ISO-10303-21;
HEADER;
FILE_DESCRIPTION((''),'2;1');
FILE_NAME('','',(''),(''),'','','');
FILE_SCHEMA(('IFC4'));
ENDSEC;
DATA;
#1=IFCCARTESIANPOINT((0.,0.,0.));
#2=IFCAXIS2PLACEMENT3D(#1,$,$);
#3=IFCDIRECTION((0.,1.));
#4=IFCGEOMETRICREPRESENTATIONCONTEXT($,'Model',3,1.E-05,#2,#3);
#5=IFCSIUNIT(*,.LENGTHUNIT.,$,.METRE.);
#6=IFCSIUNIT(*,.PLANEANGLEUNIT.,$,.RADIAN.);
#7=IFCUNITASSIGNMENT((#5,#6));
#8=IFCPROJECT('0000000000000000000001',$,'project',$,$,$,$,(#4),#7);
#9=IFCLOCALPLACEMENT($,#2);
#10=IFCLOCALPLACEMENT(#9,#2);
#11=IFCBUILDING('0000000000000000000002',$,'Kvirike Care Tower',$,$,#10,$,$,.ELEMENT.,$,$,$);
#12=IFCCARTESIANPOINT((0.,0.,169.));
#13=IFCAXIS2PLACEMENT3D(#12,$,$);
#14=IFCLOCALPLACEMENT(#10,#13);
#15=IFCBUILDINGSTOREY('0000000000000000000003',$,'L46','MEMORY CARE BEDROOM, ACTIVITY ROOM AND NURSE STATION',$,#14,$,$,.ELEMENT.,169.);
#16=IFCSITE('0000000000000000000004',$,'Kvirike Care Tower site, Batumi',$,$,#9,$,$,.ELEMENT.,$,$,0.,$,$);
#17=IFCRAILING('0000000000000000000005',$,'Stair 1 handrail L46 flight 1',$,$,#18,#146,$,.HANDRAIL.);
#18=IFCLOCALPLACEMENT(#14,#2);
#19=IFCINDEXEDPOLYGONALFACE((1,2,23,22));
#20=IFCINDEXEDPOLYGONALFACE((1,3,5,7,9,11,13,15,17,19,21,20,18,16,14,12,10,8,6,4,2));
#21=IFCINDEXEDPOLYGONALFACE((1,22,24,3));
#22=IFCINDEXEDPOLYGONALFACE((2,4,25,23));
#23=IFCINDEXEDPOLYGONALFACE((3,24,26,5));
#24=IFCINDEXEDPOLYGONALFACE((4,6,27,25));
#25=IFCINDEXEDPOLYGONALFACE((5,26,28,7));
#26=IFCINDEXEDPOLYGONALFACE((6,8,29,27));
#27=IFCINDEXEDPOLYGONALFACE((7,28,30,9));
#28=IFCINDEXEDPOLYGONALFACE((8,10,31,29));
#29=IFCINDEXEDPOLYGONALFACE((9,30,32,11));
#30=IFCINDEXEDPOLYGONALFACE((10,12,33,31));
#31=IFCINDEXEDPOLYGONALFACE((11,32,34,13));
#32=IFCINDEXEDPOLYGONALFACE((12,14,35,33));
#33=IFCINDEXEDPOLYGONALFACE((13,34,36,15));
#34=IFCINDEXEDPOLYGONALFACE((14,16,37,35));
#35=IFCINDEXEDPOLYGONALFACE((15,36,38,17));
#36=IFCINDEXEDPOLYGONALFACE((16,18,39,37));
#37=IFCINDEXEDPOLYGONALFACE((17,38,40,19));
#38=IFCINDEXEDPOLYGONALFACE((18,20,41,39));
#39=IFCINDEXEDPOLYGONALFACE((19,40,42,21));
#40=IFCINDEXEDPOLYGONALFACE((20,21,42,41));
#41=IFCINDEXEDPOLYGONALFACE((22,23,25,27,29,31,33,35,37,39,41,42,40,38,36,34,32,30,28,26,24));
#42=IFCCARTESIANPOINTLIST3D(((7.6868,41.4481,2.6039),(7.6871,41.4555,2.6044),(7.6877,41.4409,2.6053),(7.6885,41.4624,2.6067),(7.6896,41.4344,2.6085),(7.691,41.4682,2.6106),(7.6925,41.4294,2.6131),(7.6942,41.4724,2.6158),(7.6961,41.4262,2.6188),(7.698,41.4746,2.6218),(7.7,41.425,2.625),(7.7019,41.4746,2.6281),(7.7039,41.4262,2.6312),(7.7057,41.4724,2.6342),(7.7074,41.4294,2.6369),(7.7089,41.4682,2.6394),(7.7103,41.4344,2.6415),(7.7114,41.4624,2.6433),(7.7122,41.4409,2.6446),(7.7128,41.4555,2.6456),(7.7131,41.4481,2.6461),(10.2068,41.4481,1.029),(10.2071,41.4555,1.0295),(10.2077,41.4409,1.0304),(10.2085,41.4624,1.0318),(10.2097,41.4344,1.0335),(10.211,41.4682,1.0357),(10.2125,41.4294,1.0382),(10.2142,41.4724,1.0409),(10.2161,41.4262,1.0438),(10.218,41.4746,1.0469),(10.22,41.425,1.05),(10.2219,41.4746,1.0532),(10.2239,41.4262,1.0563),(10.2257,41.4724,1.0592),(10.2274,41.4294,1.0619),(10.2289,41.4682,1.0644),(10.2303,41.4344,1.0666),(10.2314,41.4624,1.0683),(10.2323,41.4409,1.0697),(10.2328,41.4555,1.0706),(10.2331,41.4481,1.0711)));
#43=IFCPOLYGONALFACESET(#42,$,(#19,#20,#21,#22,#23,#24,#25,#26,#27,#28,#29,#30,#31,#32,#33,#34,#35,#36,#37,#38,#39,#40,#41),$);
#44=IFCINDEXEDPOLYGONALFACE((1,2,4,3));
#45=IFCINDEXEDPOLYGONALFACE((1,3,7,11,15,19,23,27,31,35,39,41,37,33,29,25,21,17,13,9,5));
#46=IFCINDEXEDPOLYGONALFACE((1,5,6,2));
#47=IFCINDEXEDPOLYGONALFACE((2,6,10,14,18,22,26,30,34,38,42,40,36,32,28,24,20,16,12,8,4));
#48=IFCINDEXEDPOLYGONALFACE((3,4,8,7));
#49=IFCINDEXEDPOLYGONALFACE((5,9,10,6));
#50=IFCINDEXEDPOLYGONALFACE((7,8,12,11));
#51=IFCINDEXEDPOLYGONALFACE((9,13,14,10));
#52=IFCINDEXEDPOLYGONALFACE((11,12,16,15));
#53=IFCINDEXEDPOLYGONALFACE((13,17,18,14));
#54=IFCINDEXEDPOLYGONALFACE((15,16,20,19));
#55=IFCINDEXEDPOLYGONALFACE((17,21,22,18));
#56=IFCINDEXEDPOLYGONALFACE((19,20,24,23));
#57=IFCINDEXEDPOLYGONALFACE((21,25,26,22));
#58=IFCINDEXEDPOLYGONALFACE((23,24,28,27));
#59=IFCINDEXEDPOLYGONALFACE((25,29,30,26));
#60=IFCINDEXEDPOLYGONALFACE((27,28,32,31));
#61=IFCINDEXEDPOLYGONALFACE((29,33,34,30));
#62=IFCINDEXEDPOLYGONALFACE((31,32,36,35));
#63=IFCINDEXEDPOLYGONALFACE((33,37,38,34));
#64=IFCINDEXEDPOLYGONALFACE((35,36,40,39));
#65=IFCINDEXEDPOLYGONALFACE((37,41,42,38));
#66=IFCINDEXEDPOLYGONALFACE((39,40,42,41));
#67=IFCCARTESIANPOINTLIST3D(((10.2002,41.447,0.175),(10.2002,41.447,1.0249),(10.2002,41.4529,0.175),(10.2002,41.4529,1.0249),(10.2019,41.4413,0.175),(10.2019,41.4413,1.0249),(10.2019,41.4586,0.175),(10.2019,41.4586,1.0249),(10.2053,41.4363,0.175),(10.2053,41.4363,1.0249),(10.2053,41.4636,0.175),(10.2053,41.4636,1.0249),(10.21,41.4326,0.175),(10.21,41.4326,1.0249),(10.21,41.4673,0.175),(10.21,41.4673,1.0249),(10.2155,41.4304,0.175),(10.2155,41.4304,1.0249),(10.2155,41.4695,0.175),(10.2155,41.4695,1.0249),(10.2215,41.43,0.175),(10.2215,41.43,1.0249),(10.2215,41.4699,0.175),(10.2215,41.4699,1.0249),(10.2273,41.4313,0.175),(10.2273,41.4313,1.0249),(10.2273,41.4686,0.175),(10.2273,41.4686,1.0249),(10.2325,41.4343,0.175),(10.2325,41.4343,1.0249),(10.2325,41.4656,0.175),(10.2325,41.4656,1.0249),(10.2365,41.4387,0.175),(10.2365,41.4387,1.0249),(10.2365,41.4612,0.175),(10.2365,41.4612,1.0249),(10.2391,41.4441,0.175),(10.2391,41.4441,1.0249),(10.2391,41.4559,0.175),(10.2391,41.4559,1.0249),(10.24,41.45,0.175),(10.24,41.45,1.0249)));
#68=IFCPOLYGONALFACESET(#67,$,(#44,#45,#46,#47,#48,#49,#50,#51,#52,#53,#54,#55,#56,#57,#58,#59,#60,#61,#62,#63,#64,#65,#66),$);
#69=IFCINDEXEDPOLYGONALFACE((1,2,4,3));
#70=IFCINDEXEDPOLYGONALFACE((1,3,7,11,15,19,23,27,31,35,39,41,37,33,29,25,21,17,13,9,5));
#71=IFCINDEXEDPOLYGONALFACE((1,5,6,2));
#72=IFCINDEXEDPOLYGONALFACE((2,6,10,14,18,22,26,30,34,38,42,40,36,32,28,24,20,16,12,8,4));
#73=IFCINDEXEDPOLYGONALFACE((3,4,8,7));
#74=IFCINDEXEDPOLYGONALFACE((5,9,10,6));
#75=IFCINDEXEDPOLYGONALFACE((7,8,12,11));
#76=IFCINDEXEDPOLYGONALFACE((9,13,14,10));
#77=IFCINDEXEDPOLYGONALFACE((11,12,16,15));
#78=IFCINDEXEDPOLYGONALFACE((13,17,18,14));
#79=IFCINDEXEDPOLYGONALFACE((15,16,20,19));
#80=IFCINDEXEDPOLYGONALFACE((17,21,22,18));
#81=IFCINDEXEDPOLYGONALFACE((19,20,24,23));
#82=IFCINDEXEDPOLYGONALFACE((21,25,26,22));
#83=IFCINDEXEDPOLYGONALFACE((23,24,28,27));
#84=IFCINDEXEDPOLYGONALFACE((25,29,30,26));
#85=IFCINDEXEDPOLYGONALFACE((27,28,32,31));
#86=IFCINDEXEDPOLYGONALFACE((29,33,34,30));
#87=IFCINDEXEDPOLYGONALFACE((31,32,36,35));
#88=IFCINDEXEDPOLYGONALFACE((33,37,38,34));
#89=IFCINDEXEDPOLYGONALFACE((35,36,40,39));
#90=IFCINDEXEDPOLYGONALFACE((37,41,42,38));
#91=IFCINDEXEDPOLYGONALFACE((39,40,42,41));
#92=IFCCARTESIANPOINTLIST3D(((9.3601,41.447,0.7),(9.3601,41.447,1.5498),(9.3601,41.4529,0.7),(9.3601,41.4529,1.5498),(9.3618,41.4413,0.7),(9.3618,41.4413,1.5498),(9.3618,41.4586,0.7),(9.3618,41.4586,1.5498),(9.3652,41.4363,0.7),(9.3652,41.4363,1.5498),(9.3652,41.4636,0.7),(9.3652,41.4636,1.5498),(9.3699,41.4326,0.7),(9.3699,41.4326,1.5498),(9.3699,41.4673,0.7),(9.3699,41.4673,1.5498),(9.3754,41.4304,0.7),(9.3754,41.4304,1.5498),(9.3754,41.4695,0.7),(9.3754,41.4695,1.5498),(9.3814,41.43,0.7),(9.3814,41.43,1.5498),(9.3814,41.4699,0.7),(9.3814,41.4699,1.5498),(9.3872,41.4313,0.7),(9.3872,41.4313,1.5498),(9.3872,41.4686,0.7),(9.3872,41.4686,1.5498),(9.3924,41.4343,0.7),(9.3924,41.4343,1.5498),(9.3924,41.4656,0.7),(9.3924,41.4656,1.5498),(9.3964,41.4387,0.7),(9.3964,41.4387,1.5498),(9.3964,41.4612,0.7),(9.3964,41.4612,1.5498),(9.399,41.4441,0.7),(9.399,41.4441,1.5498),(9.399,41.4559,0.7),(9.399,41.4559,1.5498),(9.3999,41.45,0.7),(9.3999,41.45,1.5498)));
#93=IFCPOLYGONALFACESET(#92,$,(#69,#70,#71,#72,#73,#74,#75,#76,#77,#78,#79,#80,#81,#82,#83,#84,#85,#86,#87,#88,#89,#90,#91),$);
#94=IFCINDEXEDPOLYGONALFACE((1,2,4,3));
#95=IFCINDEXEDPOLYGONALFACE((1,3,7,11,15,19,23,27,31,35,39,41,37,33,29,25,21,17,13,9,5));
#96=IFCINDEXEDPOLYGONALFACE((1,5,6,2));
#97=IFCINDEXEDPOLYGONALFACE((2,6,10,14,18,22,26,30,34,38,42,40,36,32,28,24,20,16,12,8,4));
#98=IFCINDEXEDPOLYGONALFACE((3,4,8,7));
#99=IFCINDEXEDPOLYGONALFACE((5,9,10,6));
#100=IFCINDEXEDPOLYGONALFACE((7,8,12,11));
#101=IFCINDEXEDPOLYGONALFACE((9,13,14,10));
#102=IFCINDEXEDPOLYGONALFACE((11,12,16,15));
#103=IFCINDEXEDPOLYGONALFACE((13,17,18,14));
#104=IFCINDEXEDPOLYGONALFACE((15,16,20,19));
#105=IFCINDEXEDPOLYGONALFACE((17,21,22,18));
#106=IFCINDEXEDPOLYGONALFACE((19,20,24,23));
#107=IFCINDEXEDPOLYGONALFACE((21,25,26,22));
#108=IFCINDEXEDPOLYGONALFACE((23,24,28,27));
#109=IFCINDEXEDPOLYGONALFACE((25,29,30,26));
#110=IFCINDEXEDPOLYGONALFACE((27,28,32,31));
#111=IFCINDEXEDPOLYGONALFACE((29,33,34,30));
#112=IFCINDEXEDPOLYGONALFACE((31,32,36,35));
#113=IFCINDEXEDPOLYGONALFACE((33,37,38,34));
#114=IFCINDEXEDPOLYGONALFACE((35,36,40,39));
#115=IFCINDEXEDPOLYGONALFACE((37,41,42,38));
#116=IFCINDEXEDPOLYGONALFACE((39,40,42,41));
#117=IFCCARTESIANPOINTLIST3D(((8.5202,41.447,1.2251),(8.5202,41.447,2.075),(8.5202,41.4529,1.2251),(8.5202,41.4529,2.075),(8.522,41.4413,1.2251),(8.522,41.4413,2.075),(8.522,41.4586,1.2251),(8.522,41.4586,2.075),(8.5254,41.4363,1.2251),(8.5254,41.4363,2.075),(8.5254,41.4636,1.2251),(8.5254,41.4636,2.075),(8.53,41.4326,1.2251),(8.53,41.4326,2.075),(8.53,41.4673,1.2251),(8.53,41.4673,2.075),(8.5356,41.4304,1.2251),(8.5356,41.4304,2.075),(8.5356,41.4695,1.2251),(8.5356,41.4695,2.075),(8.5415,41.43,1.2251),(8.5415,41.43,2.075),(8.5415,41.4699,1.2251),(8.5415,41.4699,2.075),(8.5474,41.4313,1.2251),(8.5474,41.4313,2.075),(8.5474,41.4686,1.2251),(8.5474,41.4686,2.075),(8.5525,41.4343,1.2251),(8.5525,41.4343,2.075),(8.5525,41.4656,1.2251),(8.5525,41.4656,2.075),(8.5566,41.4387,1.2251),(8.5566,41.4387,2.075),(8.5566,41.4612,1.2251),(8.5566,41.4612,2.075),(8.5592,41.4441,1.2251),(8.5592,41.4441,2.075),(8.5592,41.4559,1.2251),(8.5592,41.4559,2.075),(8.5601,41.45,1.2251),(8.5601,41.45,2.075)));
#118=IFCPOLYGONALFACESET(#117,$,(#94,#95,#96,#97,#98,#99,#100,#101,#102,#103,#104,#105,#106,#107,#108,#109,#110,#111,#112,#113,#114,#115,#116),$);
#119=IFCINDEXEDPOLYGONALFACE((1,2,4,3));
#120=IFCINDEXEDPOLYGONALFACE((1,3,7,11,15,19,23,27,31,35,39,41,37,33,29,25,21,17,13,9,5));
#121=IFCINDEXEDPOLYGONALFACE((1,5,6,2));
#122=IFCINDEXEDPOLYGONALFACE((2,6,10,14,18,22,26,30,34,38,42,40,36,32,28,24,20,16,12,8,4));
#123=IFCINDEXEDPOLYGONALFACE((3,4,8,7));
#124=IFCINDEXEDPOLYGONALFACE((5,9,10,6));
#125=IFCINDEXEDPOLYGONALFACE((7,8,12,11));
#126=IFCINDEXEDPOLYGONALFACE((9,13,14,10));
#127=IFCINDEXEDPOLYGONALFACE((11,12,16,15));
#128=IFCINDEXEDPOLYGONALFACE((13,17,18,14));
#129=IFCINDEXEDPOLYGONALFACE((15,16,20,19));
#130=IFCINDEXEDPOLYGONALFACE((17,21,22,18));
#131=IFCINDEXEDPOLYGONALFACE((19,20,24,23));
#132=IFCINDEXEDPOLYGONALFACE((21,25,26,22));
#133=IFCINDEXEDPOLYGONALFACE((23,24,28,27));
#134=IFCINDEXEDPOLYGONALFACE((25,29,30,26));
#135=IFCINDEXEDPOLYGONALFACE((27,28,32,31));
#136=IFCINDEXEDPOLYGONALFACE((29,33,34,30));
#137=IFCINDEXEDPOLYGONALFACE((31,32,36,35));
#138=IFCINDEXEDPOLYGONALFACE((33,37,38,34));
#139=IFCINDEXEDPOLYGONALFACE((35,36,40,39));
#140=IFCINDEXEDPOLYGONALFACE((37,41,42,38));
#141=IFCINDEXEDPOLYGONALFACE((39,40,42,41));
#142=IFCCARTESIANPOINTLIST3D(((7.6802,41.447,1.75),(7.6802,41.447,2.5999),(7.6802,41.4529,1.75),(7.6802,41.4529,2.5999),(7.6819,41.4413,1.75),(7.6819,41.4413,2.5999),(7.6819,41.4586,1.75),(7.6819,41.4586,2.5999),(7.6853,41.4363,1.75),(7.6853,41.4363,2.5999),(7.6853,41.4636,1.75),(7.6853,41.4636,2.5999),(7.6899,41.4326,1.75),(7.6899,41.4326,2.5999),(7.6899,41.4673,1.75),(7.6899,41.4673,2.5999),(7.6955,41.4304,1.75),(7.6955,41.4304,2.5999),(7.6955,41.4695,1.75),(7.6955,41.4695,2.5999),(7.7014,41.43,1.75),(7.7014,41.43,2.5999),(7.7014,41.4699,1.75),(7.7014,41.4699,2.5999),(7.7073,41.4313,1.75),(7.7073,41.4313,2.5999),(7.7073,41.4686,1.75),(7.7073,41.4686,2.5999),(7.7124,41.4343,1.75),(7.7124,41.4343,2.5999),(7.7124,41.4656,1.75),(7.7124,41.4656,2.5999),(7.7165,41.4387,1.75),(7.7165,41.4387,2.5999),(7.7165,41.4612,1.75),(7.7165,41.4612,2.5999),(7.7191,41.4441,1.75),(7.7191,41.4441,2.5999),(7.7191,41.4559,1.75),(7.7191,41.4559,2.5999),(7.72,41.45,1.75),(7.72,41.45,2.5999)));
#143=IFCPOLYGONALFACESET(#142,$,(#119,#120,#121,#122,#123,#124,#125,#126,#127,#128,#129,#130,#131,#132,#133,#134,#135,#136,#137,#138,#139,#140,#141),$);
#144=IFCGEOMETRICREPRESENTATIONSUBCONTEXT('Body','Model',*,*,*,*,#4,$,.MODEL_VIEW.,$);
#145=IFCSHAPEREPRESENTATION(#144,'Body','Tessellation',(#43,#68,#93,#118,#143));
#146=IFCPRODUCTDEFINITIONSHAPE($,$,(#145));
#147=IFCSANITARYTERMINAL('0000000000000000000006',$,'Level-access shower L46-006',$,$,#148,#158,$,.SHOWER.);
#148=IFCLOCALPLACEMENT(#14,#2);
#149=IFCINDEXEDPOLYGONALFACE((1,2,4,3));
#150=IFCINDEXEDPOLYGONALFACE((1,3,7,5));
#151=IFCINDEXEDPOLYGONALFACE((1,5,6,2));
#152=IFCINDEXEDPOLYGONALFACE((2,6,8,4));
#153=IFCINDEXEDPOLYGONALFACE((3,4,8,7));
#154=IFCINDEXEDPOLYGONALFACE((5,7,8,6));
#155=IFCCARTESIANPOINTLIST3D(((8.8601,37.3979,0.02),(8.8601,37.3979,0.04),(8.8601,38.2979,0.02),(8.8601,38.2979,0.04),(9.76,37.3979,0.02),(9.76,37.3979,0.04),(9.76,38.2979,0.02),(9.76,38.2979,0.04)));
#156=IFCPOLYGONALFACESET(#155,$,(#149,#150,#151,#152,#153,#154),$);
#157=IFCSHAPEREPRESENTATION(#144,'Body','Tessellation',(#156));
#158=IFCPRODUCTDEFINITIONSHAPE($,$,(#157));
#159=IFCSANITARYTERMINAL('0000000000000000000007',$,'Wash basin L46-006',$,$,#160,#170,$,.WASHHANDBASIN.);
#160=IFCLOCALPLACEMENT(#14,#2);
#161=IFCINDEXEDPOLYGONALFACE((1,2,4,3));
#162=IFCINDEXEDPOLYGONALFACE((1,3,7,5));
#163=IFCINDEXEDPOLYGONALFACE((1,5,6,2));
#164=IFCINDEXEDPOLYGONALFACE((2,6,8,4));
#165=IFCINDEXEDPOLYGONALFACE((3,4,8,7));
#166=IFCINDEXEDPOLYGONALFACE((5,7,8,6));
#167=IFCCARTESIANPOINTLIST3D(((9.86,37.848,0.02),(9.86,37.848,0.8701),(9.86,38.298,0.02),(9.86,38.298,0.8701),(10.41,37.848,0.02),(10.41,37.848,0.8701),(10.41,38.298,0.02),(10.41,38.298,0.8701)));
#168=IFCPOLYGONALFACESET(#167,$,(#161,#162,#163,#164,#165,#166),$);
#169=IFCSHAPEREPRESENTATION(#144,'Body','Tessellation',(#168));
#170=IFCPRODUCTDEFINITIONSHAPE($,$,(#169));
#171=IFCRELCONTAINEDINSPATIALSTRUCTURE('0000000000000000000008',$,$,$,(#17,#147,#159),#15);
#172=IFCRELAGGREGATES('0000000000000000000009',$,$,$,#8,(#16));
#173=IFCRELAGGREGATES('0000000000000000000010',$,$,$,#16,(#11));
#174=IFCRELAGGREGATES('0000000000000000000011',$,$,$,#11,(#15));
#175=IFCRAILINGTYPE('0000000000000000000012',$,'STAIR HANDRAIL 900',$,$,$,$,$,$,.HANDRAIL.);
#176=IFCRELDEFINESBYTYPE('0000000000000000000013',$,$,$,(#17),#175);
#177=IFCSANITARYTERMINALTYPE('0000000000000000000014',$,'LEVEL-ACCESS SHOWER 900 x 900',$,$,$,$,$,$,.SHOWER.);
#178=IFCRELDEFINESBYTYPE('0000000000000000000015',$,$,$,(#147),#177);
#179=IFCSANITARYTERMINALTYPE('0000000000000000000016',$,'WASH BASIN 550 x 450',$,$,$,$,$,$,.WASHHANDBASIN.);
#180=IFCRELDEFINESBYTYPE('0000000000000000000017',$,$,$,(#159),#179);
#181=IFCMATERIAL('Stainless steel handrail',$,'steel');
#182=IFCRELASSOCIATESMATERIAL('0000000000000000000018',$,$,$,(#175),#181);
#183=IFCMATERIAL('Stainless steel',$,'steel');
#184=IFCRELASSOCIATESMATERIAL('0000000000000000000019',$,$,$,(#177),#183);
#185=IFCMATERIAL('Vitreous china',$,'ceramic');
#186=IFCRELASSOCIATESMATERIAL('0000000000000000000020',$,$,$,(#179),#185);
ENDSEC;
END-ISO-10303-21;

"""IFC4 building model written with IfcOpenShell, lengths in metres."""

from ifc_helpers import new_model, si_unit, direction, frame, origin, origin_2d, place, context, subcontext, project, spatial, rectangle, circle, extrude, material, type_object, element, save


model = new_model("IFC4")

# Units and contexts
model_context = context("Model", 3, precision=1e-05, world=origin(), true_north=direction((0.0, 1.0)))
body_context = subcontext(model_context, "Body", "Model", "MODEL_VIEW")
ifc_project = project(units=[si_unit("LENGTHUNIT", "METRE"), si_unit("PLANEANGLEUNIT", "RADIAN")], contexts=[model_context])

# Site, building, storey
site_placement = place(None, origin())
site = spatial("IfcSite", under=ifc_project, at=site_placement, Name="Kvirike Care Tower site, Batumi", CompositionType="ELEMENT", RefElevation=0.0)
building_placement = place(site_placement, origin())
building = spatial("IfcBuilding", under=site, at=building_placement, Name="Kvirike Care Tower", CompositionType="ELEMENT")
storey_placement = place(building_placement, frame((0.0, 0.0, 169.0)))
storey = spatial("IfcBuildingStorey", under=building, at=storey_placement, Name="L46", Description="MEMORY CARE BEDROOM, ACTIVITY ROOM AND NURSE STATION", CompositionType="ELEMENT", Elevation=169.0)

# Railing
ifc_material_1 = material(Name="Stainless steel handrail", Category="steel")
railing_type = type_object("IfcRailingType", Name="STAIR HANDRAIL 900", PredefinedType="HANDRAIL", material=ifc_material_1)
railing_placement = place(storey_placement, frame((10.22, 41.45, 0.175)))
element("IfcRailing", 1, at=railing_placement, inside=storey, type_object=railing_type, Name="Stair 1 handrail L46 flight 1", PredefinedType="HANDRAIL", context=body_context, shape_type="SweptSolid", body=[
    extrude(circle(Radius=0.0249, at=origin_2d()), frame((0.0, 0.0, 0.875), z_axis=(-0.848008, 0.0, 0.529984), x_axis=(0.0, -1.0, 0.0)), (0.0, 0.0, 1.0), 2.9717),
    extrude(circle(Radius=0.02, at=origin_2d()), origin(), (0.0, 0.0, 1.0), 0.8499),
    extrude(circle(Radius=0.02, at=origin_2d()), frame((-0.8401, 0.0, 0.5249)), (0.0, 0.0, 1.0), 0.8499),
    extrude(circle(Radius=0.02, at=origin_2d()), frame((-1.6799, 0.0, 1.05)), (0.0, 0.0, 1.0), 0.8499),
    extrude(circle(Radius=0.02, at=origin_2d()), frame((-2.52, 0.0, 1.575)), (0.0, 0.0, 1.0), 0.8499),
])

# Sanitary terminals
ifc_material_2 = material(Name="Stainless steel", Category="steel")
sanitary_terminal_type_1 = type_object("IfcSanitaryTerminalType", Name="LEVEL-ACCESS SHOWER 900 x 900", PredefinedType="SHOWER", material=ifc_material_2)
sanitary_terminal_1_placement = place(storey_placement, frame((9.3101, 37.8479, 0.02), z_axis=(0.0, 0.0, 1.0), x_axis=(1.0, 0.0, 0.0)))
element("IfcSanitaryTerminal", 2, at=sanitary_terminal_1_placement, inside=storey, type_object=sanitary_terminal_type_1, Name="Level-access shower L46-006", PredefinedType="SHOWER", context=body_context, shape_type="SweptSolid", body=[
    extrude(rectangle(XDim=0.8999, YDim=0.8999, at=origin_2d()), origin(), (0.0, 0.0, 1.0), 0.02),
])
ifc_material_3 = material(Name="Vitreous china", Category="ceramic")
sanitary_terminal_type_2 = type_object("IfcSanitaryTerminalType", Name="WASH BASIN 550 x 450", PredefinedType="WASHHANDBASIN", material=ifc_material_3)
sanitary_terminal_2_placement = place(storey_placement, frame((10.135, 38.073, 0.02), z_axis=(0.0, 0.0, 1.0), x_axis=(1.0, 0.0, 0.0)))
element("IfcSanitaryTerminal", 3, at=sanitary_terminal_2_placement, inside=storey, type_object=sanitary_terminal_type_2, Name="Wash basin L46-006", PredefinedType="WASHHANDBASIN", context=body_context, shape_type="SweptSolid", body=[
    extrude(rectangle(XDim=0.55, YDim=0.45, at=origin_2d()), origin(), (0.0, 0.0, 1.0), 0.8501),
])

save(model, "model.ifc")
